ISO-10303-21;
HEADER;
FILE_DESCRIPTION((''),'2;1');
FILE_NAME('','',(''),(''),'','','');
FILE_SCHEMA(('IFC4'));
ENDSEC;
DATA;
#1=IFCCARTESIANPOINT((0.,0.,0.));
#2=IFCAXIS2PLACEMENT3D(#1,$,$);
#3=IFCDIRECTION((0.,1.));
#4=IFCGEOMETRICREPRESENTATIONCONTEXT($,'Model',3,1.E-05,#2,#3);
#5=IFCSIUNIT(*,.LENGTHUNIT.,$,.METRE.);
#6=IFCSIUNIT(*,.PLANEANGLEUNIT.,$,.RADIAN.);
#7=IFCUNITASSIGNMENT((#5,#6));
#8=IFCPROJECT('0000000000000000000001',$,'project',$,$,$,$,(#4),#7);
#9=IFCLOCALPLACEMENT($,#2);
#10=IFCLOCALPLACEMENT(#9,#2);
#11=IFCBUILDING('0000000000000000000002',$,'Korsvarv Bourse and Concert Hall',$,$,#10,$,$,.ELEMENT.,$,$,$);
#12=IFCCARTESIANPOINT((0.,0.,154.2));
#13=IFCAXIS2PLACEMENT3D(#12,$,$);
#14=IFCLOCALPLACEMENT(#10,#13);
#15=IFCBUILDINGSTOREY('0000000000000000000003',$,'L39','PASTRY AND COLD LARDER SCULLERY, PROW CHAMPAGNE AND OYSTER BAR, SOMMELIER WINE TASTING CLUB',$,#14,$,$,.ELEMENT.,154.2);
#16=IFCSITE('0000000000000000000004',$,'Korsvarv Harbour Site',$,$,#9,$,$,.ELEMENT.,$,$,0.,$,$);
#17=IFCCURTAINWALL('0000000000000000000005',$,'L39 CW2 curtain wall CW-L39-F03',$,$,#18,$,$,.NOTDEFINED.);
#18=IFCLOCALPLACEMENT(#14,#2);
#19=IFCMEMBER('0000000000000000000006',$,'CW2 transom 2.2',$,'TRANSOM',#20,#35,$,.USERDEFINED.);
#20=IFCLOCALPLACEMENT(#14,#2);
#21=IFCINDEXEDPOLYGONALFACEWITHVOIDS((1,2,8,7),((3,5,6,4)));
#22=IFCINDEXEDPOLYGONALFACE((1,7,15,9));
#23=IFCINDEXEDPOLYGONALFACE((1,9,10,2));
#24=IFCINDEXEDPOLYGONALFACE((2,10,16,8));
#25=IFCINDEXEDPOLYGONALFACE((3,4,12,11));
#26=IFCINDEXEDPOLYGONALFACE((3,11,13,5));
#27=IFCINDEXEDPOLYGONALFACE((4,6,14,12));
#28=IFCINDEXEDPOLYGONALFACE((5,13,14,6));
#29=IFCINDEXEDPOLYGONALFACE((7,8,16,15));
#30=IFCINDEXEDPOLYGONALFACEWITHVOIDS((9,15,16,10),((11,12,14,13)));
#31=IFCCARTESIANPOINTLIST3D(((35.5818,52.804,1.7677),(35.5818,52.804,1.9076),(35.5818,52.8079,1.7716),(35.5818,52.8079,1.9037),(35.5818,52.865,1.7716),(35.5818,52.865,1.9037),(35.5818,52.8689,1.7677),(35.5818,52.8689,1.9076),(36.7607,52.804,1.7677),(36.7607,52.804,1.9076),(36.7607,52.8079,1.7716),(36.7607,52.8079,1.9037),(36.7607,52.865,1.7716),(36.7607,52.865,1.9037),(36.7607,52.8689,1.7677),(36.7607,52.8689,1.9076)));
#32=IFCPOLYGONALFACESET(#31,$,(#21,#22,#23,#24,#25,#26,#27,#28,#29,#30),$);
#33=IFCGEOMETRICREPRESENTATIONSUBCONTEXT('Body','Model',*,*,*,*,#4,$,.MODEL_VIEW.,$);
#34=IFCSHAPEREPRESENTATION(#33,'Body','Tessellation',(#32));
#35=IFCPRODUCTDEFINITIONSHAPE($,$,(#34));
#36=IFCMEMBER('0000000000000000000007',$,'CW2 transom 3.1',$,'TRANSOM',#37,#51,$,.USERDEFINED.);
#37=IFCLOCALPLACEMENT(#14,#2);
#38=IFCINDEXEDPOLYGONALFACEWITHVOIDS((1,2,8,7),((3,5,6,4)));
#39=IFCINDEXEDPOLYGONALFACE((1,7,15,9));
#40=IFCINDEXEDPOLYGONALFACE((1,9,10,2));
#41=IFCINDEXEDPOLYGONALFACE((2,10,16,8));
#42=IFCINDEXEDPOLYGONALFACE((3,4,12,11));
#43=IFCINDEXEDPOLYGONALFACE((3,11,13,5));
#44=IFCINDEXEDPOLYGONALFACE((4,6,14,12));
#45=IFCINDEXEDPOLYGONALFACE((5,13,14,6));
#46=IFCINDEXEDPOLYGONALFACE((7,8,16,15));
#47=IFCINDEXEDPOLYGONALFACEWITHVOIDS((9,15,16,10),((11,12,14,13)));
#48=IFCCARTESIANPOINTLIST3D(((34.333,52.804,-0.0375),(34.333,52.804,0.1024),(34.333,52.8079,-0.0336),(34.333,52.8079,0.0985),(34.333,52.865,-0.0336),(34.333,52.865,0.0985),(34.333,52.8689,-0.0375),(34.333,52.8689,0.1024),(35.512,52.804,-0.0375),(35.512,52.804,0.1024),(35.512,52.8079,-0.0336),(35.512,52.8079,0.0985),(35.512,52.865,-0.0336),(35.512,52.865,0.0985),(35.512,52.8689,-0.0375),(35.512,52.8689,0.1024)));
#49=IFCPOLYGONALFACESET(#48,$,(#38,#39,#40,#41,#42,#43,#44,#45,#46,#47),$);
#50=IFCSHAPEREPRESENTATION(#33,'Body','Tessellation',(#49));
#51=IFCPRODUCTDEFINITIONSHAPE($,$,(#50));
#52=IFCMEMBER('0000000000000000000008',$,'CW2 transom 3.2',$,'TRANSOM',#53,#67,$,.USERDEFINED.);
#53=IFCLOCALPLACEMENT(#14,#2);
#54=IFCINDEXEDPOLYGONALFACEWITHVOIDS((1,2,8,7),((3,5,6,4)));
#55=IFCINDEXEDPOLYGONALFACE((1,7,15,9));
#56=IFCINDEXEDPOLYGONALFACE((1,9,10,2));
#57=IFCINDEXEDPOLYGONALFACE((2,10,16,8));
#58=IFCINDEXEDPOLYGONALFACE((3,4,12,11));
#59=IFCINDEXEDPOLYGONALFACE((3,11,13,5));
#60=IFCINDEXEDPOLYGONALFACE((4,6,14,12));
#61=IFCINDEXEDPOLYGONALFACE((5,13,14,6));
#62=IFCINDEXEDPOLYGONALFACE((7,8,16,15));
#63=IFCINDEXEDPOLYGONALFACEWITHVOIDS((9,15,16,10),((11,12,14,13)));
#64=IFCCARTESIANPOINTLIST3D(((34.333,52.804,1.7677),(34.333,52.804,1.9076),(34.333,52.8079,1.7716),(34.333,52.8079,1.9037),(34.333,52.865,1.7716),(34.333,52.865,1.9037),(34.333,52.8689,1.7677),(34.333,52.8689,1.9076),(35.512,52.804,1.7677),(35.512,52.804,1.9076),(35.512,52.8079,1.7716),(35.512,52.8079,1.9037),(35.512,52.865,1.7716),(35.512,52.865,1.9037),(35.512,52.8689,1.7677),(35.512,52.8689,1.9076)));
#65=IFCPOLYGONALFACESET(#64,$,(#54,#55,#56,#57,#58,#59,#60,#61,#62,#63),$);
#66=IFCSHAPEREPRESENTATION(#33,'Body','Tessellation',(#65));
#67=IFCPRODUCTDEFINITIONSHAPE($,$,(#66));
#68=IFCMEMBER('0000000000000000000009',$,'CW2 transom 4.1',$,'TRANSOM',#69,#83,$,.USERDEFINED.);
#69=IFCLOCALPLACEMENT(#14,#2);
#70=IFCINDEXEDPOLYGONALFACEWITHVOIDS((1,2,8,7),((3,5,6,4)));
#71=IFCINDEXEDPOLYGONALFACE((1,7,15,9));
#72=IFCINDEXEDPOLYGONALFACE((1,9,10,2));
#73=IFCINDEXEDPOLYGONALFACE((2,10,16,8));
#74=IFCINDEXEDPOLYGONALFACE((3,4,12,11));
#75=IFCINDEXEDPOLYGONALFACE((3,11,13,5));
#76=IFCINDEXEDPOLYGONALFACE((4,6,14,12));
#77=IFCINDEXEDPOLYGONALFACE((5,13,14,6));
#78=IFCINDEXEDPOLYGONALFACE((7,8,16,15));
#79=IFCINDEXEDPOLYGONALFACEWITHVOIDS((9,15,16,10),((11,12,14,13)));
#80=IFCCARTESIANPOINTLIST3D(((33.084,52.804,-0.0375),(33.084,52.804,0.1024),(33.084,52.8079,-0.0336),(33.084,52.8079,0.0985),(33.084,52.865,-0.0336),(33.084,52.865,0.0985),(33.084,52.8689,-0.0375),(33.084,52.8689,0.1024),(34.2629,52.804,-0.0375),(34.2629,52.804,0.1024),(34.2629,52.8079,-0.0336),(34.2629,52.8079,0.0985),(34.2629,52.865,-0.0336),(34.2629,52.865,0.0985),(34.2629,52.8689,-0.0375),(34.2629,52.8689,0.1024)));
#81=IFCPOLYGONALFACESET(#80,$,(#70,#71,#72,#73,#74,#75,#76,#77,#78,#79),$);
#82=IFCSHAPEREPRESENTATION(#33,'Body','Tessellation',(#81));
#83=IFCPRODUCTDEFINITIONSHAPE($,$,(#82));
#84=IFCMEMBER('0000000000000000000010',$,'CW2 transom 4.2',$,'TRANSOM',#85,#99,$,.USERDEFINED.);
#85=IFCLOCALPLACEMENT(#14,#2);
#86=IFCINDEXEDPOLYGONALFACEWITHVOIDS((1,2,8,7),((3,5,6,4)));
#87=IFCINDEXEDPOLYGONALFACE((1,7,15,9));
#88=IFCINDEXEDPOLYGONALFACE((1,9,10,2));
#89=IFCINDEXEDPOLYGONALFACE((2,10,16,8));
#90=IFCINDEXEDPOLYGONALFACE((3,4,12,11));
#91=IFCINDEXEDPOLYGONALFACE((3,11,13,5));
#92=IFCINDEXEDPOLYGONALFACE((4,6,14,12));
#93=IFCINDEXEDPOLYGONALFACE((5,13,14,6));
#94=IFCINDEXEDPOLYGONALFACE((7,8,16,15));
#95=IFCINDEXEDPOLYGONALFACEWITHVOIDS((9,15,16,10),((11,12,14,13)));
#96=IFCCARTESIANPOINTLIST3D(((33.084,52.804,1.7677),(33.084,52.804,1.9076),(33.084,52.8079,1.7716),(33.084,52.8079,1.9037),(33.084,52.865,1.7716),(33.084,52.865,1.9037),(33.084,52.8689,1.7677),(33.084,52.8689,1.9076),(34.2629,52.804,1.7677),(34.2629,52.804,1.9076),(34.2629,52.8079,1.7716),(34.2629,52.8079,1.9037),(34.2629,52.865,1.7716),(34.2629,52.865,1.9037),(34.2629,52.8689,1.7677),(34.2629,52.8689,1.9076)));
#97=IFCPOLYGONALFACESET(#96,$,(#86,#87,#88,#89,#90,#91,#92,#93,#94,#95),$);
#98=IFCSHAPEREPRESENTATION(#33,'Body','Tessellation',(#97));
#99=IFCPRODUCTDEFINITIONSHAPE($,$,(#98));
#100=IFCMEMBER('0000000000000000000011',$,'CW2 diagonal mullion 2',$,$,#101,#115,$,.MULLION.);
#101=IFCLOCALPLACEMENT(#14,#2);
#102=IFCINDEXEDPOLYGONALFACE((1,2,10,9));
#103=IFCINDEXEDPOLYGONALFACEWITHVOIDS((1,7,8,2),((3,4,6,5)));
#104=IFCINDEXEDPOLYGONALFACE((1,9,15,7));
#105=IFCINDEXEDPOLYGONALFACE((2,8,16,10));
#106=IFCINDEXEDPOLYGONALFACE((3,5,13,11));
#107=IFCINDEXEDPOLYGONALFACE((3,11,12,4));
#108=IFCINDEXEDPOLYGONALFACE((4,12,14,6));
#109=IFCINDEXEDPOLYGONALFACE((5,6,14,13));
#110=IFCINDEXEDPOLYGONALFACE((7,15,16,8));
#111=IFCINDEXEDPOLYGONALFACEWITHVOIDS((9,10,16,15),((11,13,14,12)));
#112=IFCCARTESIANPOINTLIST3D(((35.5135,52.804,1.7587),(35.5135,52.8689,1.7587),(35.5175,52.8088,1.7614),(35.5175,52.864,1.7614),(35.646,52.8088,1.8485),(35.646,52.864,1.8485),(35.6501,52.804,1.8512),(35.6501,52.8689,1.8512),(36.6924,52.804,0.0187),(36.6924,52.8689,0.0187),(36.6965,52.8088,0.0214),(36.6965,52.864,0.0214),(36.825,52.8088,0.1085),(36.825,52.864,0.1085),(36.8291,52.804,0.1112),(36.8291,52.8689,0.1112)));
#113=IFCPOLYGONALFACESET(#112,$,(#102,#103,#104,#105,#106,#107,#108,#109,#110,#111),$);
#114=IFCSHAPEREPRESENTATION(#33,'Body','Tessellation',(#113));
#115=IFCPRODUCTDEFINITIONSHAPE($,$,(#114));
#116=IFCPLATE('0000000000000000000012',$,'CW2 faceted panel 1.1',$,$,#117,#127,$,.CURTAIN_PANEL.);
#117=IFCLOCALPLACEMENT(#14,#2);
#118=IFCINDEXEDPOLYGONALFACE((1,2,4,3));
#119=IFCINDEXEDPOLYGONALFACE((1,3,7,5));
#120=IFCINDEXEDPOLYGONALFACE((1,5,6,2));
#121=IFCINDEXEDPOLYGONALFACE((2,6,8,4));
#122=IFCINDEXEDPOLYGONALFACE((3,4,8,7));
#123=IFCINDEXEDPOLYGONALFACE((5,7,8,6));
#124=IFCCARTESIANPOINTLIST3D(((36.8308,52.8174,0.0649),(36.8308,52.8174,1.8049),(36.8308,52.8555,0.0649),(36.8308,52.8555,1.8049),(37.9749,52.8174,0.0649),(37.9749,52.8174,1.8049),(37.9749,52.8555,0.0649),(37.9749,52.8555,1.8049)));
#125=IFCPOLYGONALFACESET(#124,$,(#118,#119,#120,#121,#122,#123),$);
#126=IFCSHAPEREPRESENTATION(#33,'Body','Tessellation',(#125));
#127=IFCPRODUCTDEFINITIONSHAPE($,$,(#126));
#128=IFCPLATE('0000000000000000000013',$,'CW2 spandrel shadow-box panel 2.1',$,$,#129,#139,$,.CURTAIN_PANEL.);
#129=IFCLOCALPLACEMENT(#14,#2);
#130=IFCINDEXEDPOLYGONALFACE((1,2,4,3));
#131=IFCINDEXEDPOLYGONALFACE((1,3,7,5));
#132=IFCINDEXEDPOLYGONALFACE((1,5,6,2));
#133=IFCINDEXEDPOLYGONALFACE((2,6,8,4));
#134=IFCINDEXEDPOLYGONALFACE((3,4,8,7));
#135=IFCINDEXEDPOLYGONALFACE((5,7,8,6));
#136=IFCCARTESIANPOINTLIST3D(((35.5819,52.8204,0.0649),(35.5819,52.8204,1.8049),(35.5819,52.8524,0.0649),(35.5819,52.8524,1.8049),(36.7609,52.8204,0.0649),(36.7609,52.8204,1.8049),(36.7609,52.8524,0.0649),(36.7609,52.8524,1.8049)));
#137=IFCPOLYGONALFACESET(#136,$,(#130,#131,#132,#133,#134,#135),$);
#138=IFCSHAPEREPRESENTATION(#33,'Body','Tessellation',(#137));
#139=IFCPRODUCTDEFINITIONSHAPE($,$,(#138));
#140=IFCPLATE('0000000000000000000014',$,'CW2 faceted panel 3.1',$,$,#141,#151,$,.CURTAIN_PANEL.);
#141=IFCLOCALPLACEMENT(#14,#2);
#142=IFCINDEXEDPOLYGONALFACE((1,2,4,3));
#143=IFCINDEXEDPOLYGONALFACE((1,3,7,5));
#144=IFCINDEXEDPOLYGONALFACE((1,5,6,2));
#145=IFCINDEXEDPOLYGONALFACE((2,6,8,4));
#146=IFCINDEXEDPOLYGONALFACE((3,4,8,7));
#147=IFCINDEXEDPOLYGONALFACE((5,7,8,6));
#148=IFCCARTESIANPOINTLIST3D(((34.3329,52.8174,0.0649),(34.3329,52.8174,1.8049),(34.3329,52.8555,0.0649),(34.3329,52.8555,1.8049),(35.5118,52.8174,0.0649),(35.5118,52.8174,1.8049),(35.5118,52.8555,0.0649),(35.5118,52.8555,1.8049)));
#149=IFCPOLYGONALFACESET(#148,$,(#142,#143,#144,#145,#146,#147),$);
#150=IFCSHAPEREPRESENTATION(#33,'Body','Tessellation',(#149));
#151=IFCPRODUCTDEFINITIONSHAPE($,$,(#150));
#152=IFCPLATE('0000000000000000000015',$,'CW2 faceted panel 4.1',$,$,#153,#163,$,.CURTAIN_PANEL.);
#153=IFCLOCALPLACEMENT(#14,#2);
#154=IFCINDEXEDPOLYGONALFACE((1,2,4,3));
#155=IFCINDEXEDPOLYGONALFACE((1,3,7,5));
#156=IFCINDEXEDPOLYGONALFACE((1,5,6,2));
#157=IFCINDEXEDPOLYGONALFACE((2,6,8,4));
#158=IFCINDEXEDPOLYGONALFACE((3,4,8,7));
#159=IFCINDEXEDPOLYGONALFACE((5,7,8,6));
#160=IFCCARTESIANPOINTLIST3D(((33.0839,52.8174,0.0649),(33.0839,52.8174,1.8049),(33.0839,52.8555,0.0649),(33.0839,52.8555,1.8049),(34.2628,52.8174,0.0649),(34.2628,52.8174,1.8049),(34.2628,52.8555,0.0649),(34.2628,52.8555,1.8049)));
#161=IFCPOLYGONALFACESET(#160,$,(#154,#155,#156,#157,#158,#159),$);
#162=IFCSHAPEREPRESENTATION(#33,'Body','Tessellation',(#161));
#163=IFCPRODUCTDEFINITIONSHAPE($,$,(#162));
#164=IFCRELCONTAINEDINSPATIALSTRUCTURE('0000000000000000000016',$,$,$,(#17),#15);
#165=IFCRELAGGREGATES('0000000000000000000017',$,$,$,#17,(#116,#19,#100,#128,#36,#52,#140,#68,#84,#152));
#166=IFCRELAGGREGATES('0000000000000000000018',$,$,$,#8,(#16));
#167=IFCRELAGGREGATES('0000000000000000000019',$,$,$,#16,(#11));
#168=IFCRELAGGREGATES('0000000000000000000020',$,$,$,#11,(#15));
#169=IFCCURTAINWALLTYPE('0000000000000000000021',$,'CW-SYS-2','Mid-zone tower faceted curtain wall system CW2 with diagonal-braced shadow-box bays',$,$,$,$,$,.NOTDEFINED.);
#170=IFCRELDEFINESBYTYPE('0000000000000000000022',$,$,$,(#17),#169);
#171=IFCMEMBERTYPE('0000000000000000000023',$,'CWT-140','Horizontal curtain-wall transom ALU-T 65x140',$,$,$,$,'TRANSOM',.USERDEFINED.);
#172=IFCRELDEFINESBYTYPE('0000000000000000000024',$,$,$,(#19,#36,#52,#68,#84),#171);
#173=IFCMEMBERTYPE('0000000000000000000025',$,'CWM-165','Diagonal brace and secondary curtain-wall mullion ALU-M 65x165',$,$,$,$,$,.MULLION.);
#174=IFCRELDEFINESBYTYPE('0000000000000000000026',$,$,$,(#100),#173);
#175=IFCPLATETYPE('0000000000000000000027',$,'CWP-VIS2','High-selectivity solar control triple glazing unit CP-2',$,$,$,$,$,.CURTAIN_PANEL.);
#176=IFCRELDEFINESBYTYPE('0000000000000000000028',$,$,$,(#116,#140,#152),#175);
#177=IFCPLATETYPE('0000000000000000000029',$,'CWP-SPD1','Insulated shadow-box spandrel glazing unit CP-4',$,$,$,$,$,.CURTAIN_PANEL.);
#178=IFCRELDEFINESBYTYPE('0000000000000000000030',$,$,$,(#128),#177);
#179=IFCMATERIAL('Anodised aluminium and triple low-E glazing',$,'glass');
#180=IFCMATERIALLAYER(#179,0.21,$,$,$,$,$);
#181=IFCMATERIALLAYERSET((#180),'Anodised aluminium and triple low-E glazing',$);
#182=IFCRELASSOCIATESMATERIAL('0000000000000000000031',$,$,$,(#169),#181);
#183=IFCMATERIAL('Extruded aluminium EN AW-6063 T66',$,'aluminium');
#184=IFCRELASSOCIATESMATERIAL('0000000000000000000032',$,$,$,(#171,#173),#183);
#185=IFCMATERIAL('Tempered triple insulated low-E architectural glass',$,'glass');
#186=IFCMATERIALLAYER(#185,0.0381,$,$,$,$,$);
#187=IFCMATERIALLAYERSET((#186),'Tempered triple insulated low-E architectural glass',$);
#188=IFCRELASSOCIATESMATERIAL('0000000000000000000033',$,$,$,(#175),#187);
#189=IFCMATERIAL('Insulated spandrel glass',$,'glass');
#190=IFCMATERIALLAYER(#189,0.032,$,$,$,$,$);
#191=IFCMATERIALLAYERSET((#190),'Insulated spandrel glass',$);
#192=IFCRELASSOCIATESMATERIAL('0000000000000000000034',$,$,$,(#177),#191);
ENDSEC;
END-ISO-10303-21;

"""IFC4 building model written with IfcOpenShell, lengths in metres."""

from ifc_helpers import new_model, si_unit, direction, frame, origin, origin_2d, place, context, subcontext, project, spatial, rectangle, hollow_rectangle, extrude, source, transform, mapped, material, layer, layer_set, material_profile, profile_set, type_object, element, aggregate, save


model = new_model("IFC4")

# Units and contexts
model_context = context("Model", 3, precision=1e-05, world=origin(), true_north=direction((0.0, 1.0)))
body_context = subcontext(model_context, "Body", "Model", "MODEL_VIEW")
ifc_project = project(units=[si_unit("LENGTHUNIT", "METRE"), si_unit("PLANEANGLEUNIT", "RADIAN")], contexts=[model_context])

# Site, building, storey
site_placement = place(None, origin())
site = spatial("IfcSite", under=ifc_project, at=site_placement, Name="Korsvarv Harbour Site", CompositionType="ELEMENT", RefElevation=0.0)
building_placement = place(site_placement, origin())
building = spatial("IfcBuilding", under=site, at=building_placement, Name="Korsvarv Bourse and Concert Hall", CompositionType="ELEMENT")
storey_placement = place(building_placement, frame((0.0, 0.0, 154.2)))
storey = spatial("IfcBuildingStorey", under=building, at=storey_placement, Name="L39", Description="PASTRY AND COLD LARDER SCULLERY, PROW CHAMPAGNE AND OYSTER BAR, SOMMELIER WINE TASTING CLUB", CompositionType="ELEMENT", Elevation=154.2)

# Curtain wall, members, plates
ifc_material_1 = material(Name="Anodised aluminium and triple low-E glazing", Category="glass")
ifc_layer_1 = layer(ifc_material_1, 0.21)
ifc_layer_set_1 = layer_set([ifc_layer_1], Name="Anodised aluminium and triple low-E glazing")
curtain_wall_type = type_object("IfcCurtainWallType", Name="CW-SYS-2", Description="Mid-zone tower faceted curtain wall system CW2 with diagonal-braced shadow-box bays", PredefinedType="NOTDEFINED", material=ifc_layer_set_1)
curtain_wall_placement = place(storey_placement, origin())
curtain_wall = element("IfcCurtainWall", 1, at=curtain_wall_placement, inside=storey, type_object=curtain_wall_type, Name="L39 CW2 curtain wall CW-L39-F03", PredefinedType="NOTDEFINED")
ifc_material_2 = material(Name="Extruded aluminium EN AW-6063 T66", Category="aluminium")
ifc_material_profile_1 = material_profile(ifc_material_2, hollow_rectangle(XDim=0.0649, YDim=0.1399, WallThickness=0.0039, at=origin_2d()), Name="ALU-T 65x140")
ifc_profile_set_1 = profile_set([ifc_material_profile_1], Name="Extruded aluminium EN AW-6063 T66")
member_type_1 = type_object("IfcMemberType", Name="CWT-140", Description="Horizontal curtain-wall transom ALU-T 65x140", ElementType="TRANSOM", PredefinedType="USERDEFINED", material=ifc_profile_set_1)
shared_shape_1 = source(origin(), body_context, "Body", "SweptSolid", [
    extrude(hollow_rectangle(XDim=0.0649, YDim=0.1399, WallThickness=0.0039, at=origin_2d()), origin(), (0.0, 0.0, 1.0), 1.179),
])
member_1_placement = place(storey_placement, frame((36.7607, 52.8364, 1.8376), z_axis=(-1.0, 0.0, 0.0), x_axis=(0.0, -1.0, 0.0)))
member_1 = element("IfcMember", 2, at=member_1_placement, type_object=member_type_1, Name="CW2 transom 2.2", ObjectType="TRANSOM", PredefinedType="USERDEFINED", context=body_context, shape_type="MappedRepresentation", body=[
    mapped(shared_shape_1, transform((0.0, 0.0, 0.0), scale=1.0)),
])
member_2_placement = place(storey_placement, frame((35.512, 52.8364, 0.0325), z_axis=(-1.0, 0.0, 0.0), x_axis=(0.0, -1.0, 0.0)))
member_2 = element("IfcMember", 3, at=member_2_placement, type_object=member_type_1, Name="CW2 transom 3.1", ObjectType="TRANSOM", PredefinedType="USERDEFINED", context=body_context, shape_type="MappedRepresentation", body=[
    mapped(shared_shape_1, transform((0.0, 0.0, 0.0), scale=1.0)),
])
member_3_placement = place(storey_placement, frame((35.512, 52.8364, 1.8376), z_axis=(-1.0, 0.0, 0.0), x_axis=(0.0, -1.0, 0.0)))
member_3 = element("IfcMember", 4, at=member_3_placement, type_object=member_type_1, Name="CW2 transom 3.2", ObjectType="TRANSOM", PredefinedType="USERDEFINED", context=body_context, shape_type="MappedRepresentation", body=[
    mapped(shared_shape_1, transform((0.0, 0.0, 0.0), scale=1.0)),
])
member_4_placement = place(storey_placement, frame((34.2629, 52.8364, 0.0325), z_axis=(-1.0, 0.0, 0.0), x_axis=(0.0, -1.0, 0.0)))
member_4 = element("IfcMember", 5, at=member_4_placement, type_object=member_type_1, Name="CW2 transom 4.1", ObjectType="TRANSOM", PredefinedType="USERDEFINED", context=body_context, shape_type="MappedRepresentation", body=[
    mapped(shared_shape_1, transform((0.0, 0.0, 0.0), scale=1.0)),
])
member_5_placement = place(storey_placement, frame((34.2629, 52.8364, 1.8376), z_axis=(-1.0, 0.0, 0.0), x_axis=(0.0, -1.0, 0.0)))
member_5 = element("IfcMember", 6, at=member_5_placement, type_object=member_type_1, Name="CW2 transom 4.2", ObjectType="TRANSOM", PredefinedType="USERDEFINED", context=body_context, shape_type="MappedRepresentation", body=[
    mapped(shared_shape_1, transform((0.0, 0.0, 0.0), scale=1.0)),
])
ifc_material_profile_2 = material_profile(ifc_material_2, hollow_rectangle(XDim=0.0649, YDim=0.165, WallThickness=0.0049, at=origin_2d()), Name="ALU-M 65x165")
ifc_profile_set_2 = profile_set([ifc_material_profile_2], Name="Extruded aluminium EN AW-6063 T66")
member_type_2 = type_object("IfcMemberType", Name="CWM-165", Description="Diagonal brace and secondary curtain-wall mullion ALU-M 65x165", PredefinedType="MULLION", material=ifc_profile_set_2)
shared_shape_2 = source(origin(), body_context, "Body", "SweptSolid", [
    extrude(hollow_rectangle(XDim=0.0649, YDim=0.165, WallThickness=0.0049, at=origin_2d()), origin(), (0.0, 0.0, 1.0), 2.1018),
])
member_6_placement = place(storey_placement, frame((36.7607, 52.8364, 0.0649), z_axis=(-0.56093, 0.0, 0.827863), x_axis=(0.0, -1.0, 0.0)))
member_6 = element("IfcMember", 7, at=member_6_placement, type_object=member_type_2, Name="CW2 diagonal mullion 2", PredefinedType="MULLION", context=body_context, shape_type="MappedRepresentation", body=[
    mapped(shared_shape_2, transform((0.0, 0.0, 0.0), scale=1.0)),
])
ifc_material_3 = material(Name="Tempered triple insulated low-E architectural glass", Category="glass")
ifc_layer_2 = layer(ifc_material_3, 0.0381)
ifc_layer_set_2 = layer_set([ifc_layer_2], Name="Tempered triple insulated low-E architectural glass")
plate_type_1 = type_object("IfcPlateType", Name="CWP-VIS2", Description="High-selectivity solar control triple glazing unit CP-2", PredefinedType="CURTAIN_PANEL", material=ifc_layer_set_2)
shared_shape_3 = source(origin(), body_context, "Body", "SweptSolid", [
    extrude(rectangle(XDim=1.144, YDim=0.0381, at=origin_2d()), origin(), (0.0, 0.0, 1.0), 1.74),
])
plate_1_placement = place(storey_placement, frame((37.4028, 52.8364, 0.0649), z_axis=(0.0, 0.0, 1.0), x_axis=(-1.0, 0.0, 0.0)))
plate_1 = element("IfcPlate", 8, at=plate_1_placement, type_object=plate_type_1, Name="CW2 faceted panel 1.1", PredefinedType="CURTAIN_PANEL", context=body_context, shape_type="MappedRepresentation", body=[
    mapped(shared_shape_3, transform((0.0, 0.0, 0.0), scale=1.0)),
])
ifc_material_4 = material(Name="Insulated spandrel glass", Category="glass")
ifc_layer_3 = layer(ifc_material_4, 0.032)
ifc_layer_set_3 = layer_set([ifc_layer_3], Name="Insulated spandrel glass")
plate_type_2 = type_object("IfcPlateType", Name="CWP-SPD1", Description="Insulated shadow-box spandrel glazing unit CP-4", PredefinedType="CURTAIN_PANEL", material=ifc_layer_set_3)
shared_shape_4 = source(origin(), body_context, "Body", "SweptSolid", [
    extrude(rectangle(XDim=1.179, YDim=0.032, at=origin_2d()), origin(), (0.0, 0.0, 1.0), 1.74),
])
plate_2_placement = place(storey_placement, frame((36.1714, 52.8364, 0.0649), z_axis=(0.0, 0.0, 1.0), x_axis=(-1.0, 0.0, 0.0)))
plate_2 = element("IfcPlate", 9, at=plate_2_placement, type_object=plate_type_2, Name="CW2 spandrel shadow-box panel 2.1", PredefinedType="CURTAIN_PANEL", context=body_context, shape_type="MappedRepresentation", body=[
    mapped(shared_shape_4, transform((0.0, 0.0, 0.0), scale=1.0)),
])
shared_shape_5 = source(origin(), body_context, "Body", "SweptSolid", [
    extrude(rectangle(XDim=1.179, YDim=0.0381, at=origin_2d()), origin(), (0.0, 0.0, 1.0), 1.74),
])
plate_3_placement = place(storey_placement, frame((34.9224, 52.8364, 0.0649), z_axis=(0.0, 0.0, 1.0), x_axis=(-1.0, 0.0, 0.0)))
plate_3 = element("IfcPlate", 10, at=plate_3_placement, type_object=plate_type_1, Name="CW2 faceted panel 3.1", PredefinedType="CURTAIN_PANEL", context=body_context, shape_type="MappedRepresentation", body=[
    mapped(shared_shape_5, transform((0.0, 0.0, 0.0), scale=1.0)),
])
plate_4_placement = place(storey_placement, frame((33.6733, 52.8364, 0.0649), z_axis=(0.0, 0.0, 1.0), x_axis=(-1.0, 0.0, 0.0)))
plate_4 = element("IfcPlate", 11, at=plate_4_placement, type_object=plate_type_1, Name="CW2 faceted panel 4.1", PredefinedType="CURTAIN_PANEL", context=body_context, shape_type="MappedRepresentation", body=[
    mapped(shared_shape_5, transform((0.0, 0.0, 0.0), scale=1.0)),
])
aggregate(curtain_wall, [plate_1, member_1, member_6, plate_2, member_2, member_3, plate_3, member_4, member_5, plate_4])

save(model, "model.ifc")
